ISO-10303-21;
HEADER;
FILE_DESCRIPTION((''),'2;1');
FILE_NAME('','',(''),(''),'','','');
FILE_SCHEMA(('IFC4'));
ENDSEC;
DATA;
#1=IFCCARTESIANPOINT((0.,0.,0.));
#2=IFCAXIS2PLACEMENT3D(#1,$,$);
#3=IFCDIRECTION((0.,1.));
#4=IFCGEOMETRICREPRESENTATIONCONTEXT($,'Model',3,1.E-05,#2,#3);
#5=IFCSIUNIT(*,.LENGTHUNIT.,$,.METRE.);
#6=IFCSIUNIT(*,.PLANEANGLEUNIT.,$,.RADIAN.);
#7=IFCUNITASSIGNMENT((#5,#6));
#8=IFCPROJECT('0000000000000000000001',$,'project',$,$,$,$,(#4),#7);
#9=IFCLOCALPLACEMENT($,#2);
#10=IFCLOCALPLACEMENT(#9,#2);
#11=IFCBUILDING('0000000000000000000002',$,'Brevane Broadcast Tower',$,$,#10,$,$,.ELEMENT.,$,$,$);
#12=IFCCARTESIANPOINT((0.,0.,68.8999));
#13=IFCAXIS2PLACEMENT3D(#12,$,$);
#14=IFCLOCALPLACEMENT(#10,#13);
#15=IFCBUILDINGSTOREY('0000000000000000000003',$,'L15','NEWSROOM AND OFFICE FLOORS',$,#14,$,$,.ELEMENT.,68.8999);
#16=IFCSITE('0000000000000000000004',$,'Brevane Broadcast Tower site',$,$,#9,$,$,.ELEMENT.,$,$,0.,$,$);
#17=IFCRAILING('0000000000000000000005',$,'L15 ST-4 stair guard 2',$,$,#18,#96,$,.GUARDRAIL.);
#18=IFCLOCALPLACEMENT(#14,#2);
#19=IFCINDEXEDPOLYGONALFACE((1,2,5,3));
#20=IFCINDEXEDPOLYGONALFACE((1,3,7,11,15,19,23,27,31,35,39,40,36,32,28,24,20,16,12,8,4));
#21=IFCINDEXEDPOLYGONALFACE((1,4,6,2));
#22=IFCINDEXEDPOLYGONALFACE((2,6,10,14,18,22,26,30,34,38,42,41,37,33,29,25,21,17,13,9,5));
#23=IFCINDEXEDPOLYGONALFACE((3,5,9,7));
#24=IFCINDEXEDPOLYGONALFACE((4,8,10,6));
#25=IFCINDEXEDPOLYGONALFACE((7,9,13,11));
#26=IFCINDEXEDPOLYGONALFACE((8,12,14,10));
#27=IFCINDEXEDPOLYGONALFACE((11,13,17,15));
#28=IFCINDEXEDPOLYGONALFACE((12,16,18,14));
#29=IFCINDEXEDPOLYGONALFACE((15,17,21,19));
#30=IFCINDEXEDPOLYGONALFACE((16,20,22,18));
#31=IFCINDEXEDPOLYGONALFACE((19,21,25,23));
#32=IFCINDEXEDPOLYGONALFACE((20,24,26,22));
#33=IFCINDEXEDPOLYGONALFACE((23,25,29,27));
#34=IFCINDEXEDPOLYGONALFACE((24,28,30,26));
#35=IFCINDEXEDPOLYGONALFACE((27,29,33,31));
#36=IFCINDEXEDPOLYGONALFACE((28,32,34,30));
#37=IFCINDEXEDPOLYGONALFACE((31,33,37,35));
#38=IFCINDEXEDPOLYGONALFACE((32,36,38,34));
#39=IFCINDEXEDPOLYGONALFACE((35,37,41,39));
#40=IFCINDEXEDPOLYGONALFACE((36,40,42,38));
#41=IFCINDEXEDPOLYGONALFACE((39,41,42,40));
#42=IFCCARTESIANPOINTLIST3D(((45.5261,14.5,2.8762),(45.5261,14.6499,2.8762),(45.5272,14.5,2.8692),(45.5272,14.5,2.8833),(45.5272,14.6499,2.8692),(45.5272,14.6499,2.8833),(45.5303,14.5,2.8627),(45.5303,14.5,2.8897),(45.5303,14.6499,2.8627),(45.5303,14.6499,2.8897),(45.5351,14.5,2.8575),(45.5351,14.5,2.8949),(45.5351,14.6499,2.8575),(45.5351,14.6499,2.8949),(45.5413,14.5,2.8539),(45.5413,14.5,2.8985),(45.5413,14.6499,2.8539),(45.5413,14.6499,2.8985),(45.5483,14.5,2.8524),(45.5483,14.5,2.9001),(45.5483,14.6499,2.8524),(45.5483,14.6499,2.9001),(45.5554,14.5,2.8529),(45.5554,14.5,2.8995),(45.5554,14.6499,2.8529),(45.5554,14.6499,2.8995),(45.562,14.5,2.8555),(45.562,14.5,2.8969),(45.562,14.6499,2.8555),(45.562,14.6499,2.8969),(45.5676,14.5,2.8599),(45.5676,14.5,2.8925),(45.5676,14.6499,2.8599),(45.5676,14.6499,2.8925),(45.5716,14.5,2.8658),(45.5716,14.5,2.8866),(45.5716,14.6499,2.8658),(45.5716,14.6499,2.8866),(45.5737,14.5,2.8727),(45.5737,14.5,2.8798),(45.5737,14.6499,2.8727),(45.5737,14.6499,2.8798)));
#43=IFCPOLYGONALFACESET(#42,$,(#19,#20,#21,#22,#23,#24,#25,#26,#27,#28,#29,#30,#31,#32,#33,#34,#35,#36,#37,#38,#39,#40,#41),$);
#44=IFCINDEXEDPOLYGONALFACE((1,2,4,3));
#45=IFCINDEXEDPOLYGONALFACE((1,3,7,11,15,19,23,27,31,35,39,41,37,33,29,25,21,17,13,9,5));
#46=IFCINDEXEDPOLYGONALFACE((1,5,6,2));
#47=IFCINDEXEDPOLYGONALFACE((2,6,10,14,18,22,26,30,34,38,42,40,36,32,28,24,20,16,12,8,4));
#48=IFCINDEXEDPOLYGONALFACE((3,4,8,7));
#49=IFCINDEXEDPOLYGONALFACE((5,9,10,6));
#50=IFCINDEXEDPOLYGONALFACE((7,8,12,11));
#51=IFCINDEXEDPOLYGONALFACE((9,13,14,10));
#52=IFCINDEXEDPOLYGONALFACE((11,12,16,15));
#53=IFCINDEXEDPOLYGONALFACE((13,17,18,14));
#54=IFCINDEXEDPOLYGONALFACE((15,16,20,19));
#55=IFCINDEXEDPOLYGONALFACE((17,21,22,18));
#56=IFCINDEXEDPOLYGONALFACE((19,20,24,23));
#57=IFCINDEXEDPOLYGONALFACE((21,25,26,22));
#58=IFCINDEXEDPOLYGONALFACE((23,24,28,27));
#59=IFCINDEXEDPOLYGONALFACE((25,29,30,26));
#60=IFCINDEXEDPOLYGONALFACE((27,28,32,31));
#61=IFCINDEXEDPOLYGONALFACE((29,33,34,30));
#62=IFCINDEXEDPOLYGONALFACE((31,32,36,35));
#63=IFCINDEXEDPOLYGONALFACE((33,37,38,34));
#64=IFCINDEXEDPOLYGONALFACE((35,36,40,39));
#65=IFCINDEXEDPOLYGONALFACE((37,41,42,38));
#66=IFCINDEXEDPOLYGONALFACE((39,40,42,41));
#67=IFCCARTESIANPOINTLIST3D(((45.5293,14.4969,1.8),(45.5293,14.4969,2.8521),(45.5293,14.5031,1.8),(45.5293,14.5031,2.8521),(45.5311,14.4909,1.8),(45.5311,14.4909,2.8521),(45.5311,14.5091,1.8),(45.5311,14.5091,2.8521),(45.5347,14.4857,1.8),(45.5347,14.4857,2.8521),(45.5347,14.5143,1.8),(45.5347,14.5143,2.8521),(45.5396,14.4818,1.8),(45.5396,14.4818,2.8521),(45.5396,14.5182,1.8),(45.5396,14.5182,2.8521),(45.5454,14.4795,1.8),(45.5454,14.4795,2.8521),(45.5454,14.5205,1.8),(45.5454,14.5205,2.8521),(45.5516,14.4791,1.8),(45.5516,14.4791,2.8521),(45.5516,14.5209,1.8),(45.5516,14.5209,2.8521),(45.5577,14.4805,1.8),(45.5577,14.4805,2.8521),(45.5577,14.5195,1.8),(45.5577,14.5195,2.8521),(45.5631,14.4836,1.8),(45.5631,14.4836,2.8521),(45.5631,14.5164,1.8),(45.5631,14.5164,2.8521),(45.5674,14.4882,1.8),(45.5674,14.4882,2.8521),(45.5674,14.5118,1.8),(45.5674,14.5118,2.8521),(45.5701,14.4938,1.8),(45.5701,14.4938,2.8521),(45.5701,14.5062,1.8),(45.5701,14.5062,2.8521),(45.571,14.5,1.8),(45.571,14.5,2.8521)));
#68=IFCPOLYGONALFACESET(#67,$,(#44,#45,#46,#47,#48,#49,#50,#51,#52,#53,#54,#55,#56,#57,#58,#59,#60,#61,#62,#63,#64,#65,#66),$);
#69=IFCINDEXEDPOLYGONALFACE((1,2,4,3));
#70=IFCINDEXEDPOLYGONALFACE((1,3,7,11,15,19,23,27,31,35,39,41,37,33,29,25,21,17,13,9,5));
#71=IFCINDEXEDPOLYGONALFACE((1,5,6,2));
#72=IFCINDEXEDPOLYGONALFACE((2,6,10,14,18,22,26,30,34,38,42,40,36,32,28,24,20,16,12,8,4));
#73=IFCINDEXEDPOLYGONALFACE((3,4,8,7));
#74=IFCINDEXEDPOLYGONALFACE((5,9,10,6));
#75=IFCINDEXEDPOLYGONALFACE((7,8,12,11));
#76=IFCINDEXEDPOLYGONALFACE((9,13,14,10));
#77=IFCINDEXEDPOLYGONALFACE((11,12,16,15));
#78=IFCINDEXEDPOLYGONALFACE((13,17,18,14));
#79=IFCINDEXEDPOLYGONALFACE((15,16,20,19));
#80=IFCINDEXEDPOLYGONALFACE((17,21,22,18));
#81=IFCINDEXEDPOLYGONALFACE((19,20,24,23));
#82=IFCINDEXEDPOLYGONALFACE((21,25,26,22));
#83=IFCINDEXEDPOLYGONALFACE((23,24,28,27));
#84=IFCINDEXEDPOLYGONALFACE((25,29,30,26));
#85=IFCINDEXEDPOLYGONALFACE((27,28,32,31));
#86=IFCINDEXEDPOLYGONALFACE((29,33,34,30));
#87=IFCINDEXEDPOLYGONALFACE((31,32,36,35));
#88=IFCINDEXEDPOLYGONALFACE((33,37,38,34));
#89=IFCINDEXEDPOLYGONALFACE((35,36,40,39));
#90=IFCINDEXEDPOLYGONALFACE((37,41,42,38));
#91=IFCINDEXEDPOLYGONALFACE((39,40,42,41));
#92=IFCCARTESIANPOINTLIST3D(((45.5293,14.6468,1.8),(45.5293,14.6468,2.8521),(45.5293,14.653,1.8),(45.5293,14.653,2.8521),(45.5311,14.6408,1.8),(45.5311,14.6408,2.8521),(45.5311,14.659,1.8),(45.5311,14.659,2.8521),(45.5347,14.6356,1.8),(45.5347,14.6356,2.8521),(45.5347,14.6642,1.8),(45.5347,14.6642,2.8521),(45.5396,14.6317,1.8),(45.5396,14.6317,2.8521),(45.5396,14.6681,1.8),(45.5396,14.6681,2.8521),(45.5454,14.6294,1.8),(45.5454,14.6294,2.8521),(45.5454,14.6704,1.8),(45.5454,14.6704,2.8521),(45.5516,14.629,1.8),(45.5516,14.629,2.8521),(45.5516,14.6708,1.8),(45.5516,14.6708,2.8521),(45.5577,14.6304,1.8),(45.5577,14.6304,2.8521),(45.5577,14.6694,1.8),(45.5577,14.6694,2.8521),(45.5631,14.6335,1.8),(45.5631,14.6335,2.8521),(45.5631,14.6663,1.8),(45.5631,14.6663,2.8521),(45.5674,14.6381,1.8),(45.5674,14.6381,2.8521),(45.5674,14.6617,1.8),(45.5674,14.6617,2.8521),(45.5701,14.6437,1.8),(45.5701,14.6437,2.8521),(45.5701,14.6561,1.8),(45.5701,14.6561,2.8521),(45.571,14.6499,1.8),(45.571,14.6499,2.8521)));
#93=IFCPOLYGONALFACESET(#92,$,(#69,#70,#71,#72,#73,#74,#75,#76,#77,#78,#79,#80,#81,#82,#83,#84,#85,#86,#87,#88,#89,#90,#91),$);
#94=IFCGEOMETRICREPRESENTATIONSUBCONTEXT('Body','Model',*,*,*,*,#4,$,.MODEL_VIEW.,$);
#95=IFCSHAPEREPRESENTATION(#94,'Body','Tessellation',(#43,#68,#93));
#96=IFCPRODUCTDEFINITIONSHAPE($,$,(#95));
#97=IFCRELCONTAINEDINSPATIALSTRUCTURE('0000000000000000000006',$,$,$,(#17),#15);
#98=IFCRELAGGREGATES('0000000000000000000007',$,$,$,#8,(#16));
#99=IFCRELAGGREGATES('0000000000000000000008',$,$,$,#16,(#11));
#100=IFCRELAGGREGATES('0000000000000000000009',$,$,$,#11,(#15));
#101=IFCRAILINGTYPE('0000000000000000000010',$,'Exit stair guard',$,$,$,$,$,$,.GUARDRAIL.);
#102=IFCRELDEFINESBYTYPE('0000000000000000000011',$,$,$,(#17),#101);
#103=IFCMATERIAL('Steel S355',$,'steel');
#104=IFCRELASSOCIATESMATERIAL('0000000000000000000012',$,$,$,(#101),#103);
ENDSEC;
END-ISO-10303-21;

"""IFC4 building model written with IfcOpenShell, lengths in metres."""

from ifc_helpers import new_model, si_unit, direction, frame, origin, origin_2d, place, context, subcontext, project, spatial, circle, extrude, material, type_object, element, save


model = new_model("IFC4")

# Units and contexts
model_context = context("Model", 3, precision=1e-05, world=origin(), true_north=direction((0.0, 1.0)))
body_context = subcontext(model_context, "Body", "Model", "MODEL_VIEW")
ifc_project = project(units=[si_unit("LENGTHUNIT", "METRE"), si_unit("PLANEANGLEUNIT", "RADIAN")], contexts=[model_context])

# Site, building, storey
site_placement = place(None, origin())
site = spatial("IfcSite", under=ifc_project, at=site_placement, Name="Brevane Broadcast Tower site", CompositionType="ELEMENT", RefElevation=0.0)
building_placement = place(site_placement, origin())
building = spatial("IfcBuilding", under=site, at=building_placement, Name="Brevane Broadcast Tower", CompositionType="ELEMENT")
storey_placement = place(building_placement, frame((0.0, 0.0, 68.8999)))
storey = spatial("IfcBuildingStorey", under=building, at=storey_placement, Name="L15", Description="NEWSROOM AND OFFICE FLOORS", CompositionType="ELEMENT", Elevation=68.8999)

# Railing
ifc_material_1 = material(Name="Steel S355", Category="steel")
railing_type_1 = type_object("IfcRailingType", Name="Exit stair guard", PredefinedType="GUARDRAIL", material=ifc_material_1)
railing_1_placement = place(storey_placement, frame((45.55, 14.5, 1.8)))
element("IfcRailing", 1, at=railing_1_placement, inside=storey, type_object=railing_type_1, Name="L15 ST-4 stair guard 2", PredefinedType="GUARDRAIL", context=body_context, shape_type="SweptSolid", body=[
    extrude(circle(Radius=0.0239, at=origin_2d()), frame((0.0, 0.0, 1.0762), z_axis=(0.0, 1.0, 0.0), x_axis=(-1.0, 0.0, 0.0)), (0.0, 0.0, 1.0), 0.1499),
    extrude(circle(Radius=0.021, at=origin_2d()), origin(), (0.0, 0.0, 1.0), 1.052),
    extrude(circle(Radius=0.021, at=origin_2d()), frame((0.0, 0.1499, 0.0)), (0.0, 0.0, 1.0), 1.052),
])

save(model, "model.ifc")
